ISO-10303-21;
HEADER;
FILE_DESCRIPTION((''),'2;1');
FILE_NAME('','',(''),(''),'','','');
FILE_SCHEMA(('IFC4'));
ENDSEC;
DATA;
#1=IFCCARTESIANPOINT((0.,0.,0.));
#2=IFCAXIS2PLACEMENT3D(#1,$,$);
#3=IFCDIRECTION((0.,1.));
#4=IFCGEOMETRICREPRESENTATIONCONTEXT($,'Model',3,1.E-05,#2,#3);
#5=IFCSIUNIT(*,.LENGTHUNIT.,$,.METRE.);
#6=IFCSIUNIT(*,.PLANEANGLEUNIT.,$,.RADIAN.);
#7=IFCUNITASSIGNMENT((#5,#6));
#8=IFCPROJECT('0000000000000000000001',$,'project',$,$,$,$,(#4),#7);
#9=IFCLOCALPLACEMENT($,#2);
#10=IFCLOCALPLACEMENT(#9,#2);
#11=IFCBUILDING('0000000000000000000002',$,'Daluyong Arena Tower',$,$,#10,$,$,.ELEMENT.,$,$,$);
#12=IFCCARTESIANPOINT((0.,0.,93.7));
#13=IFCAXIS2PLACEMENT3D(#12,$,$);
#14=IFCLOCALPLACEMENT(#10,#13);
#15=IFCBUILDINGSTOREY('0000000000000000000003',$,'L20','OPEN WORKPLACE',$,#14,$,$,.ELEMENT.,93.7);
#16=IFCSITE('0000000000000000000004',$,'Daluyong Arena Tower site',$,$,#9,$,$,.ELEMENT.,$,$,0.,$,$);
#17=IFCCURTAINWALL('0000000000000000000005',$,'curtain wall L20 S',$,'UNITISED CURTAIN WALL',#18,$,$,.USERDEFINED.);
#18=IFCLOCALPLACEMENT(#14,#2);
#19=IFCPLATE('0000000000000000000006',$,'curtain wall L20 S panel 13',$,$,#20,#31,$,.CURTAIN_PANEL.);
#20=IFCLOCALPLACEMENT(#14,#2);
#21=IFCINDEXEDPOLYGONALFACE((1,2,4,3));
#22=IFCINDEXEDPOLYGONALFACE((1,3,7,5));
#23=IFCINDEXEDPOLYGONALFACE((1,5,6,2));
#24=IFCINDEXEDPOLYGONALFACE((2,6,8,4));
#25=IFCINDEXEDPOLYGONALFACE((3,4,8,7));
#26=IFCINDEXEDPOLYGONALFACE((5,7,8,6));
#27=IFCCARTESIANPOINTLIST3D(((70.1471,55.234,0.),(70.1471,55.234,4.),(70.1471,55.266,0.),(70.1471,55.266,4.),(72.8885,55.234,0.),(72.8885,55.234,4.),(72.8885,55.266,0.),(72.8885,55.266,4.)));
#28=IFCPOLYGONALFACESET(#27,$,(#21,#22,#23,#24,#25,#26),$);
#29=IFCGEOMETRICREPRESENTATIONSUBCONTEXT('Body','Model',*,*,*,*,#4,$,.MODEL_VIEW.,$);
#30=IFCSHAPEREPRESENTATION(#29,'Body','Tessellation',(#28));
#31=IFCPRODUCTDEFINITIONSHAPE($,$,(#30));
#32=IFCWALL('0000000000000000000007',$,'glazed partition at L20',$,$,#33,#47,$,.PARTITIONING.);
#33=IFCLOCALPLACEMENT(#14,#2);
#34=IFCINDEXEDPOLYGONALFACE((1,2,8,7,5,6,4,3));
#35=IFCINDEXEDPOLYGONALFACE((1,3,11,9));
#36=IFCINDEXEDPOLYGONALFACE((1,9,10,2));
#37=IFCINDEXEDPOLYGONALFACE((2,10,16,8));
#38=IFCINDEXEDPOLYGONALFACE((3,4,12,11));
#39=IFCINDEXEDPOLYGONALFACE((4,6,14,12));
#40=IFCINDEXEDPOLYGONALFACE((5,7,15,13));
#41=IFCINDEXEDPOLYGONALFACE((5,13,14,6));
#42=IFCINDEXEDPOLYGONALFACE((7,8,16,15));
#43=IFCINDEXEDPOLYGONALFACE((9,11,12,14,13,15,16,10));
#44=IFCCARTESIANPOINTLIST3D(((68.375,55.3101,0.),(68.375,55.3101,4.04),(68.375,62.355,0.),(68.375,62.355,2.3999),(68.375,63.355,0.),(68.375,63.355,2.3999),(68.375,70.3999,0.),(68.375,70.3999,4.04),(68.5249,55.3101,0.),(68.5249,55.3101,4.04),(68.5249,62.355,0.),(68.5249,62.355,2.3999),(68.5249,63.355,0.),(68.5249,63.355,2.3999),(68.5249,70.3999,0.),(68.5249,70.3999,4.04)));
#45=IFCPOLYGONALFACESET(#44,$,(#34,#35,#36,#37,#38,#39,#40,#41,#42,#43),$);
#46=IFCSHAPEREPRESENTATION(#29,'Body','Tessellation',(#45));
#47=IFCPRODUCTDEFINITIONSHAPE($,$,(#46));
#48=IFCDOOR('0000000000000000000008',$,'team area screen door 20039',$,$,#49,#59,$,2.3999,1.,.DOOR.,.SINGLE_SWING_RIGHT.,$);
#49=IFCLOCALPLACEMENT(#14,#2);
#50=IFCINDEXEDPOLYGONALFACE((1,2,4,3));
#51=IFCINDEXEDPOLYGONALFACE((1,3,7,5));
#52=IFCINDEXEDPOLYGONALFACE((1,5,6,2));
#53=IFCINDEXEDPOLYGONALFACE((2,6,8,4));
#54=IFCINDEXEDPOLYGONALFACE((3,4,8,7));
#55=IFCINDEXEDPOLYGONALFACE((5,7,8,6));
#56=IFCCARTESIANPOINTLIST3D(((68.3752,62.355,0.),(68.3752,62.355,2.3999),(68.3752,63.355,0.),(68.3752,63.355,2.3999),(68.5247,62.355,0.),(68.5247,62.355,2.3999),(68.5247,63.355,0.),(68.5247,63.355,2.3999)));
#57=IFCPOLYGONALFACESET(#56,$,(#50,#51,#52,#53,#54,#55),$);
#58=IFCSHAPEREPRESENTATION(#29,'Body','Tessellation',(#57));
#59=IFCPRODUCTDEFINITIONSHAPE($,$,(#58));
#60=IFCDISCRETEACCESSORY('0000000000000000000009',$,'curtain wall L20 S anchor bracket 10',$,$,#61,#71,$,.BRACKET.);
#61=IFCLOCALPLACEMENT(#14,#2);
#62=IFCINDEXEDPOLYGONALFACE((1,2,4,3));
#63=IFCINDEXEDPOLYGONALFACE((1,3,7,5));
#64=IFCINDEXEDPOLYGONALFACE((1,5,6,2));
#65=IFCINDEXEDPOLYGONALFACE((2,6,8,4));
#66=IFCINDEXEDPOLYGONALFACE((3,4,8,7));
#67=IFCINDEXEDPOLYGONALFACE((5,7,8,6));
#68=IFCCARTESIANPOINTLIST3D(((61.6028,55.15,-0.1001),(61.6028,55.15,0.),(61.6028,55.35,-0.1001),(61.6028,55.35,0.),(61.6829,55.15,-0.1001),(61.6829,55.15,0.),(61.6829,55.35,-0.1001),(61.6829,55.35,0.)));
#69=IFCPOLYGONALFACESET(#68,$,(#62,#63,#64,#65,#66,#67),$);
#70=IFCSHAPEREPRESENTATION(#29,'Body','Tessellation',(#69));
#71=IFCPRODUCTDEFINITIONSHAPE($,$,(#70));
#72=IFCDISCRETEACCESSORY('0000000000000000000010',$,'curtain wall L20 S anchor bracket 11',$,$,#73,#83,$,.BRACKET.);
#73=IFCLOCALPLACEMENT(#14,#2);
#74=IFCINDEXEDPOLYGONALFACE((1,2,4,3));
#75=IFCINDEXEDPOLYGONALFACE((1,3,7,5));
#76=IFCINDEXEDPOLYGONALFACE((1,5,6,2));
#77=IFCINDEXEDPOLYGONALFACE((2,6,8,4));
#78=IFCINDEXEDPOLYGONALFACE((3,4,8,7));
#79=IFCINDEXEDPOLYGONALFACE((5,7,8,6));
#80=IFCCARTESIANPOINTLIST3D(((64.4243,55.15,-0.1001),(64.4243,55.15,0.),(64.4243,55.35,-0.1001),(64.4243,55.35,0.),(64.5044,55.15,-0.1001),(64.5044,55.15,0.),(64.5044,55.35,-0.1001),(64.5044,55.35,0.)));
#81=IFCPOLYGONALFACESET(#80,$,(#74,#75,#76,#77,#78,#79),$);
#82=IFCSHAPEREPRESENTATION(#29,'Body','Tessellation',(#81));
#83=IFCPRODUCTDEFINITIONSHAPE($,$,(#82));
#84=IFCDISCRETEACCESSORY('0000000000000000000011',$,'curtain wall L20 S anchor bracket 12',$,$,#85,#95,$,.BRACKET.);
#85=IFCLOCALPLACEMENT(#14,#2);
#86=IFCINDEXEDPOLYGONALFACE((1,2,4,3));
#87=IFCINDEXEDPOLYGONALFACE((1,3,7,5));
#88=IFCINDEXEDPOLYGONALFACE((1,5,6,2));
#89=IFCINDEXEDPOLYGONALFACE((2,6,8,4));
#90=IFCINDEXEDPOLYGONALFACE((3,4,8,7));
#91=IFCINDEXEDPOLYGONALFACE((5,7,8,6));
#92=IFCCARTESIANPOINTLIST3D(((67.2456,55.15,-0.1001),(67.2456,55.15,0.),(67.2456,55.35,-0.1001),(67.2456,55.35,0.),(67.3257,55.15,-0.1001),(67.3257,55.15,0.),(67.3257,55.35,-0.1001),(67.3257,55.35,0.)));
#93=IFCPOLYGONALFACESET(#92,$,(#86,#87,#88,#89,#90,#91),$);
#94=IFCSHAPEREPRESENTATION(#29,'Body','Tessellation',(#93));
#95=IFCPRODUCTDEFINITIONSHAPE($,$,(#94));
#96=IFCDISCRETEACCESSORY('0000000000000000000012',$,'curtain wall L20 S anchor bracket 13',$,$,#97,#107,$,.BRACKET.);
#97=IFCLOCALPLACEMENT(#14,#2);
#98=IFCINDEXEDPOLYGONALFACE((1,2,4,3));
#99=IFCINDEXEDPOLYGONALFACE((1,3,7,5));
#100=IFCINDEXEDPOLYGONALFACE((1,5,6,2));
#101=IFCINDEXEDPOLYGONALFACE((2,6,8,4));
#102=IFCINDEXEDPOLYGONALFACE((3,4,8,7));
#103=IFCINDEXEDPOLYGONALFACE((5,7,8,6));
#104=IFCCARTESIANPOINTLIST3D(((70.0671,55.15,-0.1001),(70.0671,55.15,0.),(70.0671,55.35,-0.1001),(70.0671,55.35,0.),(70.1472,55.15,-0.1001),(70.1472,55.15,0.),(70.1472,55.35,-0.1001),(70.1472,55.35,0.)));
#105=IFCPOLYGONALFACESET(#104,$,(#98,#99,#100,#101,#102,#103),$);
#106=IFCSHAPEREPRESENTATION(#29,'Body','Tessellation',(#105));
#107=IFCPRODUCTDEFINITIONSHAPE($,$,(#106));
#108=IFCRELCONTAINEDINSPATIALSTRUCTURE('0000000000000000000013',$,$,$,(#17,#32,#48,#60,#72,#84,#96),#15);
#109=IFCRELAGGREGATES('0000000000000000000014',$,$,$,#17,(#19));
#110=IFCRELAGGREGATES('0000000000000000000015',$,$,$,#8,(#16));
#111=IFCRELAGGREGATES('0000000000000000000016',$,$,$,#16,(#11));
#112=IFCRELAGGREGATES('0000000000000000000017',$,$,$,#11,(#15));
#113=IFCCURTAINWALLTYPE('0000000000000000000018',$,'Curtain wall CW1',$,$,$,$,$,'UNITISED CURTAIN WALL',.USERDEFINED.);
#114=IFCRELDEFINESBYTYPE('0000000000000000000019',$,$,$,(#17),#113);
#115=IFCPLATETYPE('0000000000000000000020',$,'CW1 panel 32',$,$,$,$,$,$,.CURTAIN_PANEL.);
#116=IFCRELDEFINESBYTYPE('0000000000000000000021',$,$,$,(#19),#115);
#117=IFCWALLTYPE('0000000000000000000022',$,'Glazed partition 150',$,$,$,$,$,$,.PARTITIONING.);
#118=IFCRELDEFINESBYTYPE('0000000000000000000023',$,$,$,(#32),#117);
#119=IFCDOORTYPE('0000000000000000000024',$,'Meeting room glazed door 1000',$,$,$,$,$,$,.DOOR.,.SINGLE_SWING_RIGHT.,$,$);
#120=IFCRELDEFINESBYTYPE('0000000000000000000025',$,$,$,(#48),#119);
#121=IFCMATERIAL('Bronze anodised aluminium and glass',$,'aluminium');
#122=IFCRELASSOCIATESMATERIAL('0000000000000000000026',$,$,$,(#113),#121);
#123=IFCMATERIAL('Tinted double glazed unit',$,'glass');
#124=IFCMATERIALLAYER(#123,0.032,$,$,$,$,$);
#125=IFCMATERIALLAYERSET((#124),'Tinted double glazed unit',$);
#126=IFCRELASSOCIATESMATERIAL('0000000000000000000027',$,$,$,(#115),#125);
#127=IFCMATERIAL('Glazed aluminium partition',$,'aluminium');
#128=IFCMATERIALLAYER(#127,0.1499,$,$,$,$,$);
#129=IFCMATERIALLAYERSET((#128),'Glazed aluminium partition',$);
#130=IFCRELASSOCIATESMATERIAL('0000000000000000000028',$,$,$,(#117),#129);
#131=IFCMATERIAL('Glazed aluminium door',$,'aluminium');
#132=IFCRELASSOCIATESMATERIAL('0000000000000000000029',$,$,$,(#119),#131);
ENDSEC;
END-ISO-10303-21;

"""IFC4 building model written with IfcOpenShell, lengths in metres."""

from ifc_helpers import new_model, si_unit, direction, frame, frame_2d, origin, origin_2d, place, context, subcontext, project, spatial, rectangle, extrude, material, layer, layer_set, type_object, element, fill, aggregate, save


model = new_model("IFC4")

# Units and contexts
model_context = context("Model", 3, precision=1e-05, world=origin(), true_north=direction((0.0, 1.0)))
body_context = subcontext(model_context, "Body", "Model", "MODEL_VIEW")
ifc_project = project(units=[si_unit("LENGTHUNIT", "METRE"), si_unit("PLANEANGLEUNIT", "RADIAN")], contexts=[model_context])

# Site, building, storey
site_placement = place(None, origin())
site = spatial("IfcSite", under=ifc_project, at=site_placement, Name="Daluyong Arena Tower site", CompositionType="ELEMENT", RefElevation=0.0)
building_placement = place(site_placement, origin())
building = spatial("IfcBuilding", under=site, at=building_placement, Name="Daluyong Arena Tower", CompositionType="ELEMENT")
storey_placement = place(building_placement, frame((0.0, 0.0, 93.7)))
storey = spatial("IfcBuildingStorey", under=building, at=storey_placement, Name="L20", Description="OPEN WORKPLACE", CompositionType="ELEMENT", Elevation=93.7)

# Curtain wall
ifc_material_1 = material(Name="Bronze anodised aluminium and glass", Category="aluminium")
curtain_wall_type = type_object("IfcCurtainWallType", Name="Curtain wall CW1", ElementType="UNITISED CURTAIN WALL", PredefinedType="USERDEFINED", material=ifc_material_1)
curtain_wall_placement = place(storey_placement, origin())
curtain_wall = element("IfcCurtainWall", 1, at=curtain_wall_placement, inside=storey, type_object=curtain_wall_type, Name="curtain wall L20 S", ObjectType="UNITISED CURTAIN WALL", PredefinedType="USERDEFINED")

# Plate
ifc_material_2 = material(Name="Tinted double glazed unit", Category="glass")
ifc_layer_1 = layer(ifc_material_2, 0.032)
ifc_layer_set_1 = layer_set([ifc_layer_1], Name="Tinted double glazed unit")
plate_type = type_object("IfcPlateType", Name="CW1 panel 32", PredefinedType="CURTAIN_PANEL", material=ifc_layer_set_1)
plate_1_placement = place(storey_placement, frame((71.5178, 55.25, 0.0), z_axis=(0.0, 0.0, 1.0), x_axis=(1.0, 0.0, 0.0)))
plate_1 = element("IfcPlate", 2, at=plate_1_placement, type_object=plate_type, Name="curtain wall L20 S panel 13", PredefinedType="CURTAIN_PANEL", context=body_context, shape_type="SweptSolid", body=[
    extrude(rectangle(XDim=2.7415, YDim=0.032, at=origin_2d()), origin(), (0.0, 0.0, 1.0), 4.0),
])
aggregate(curtain_wall, [plate_1])

# Wall, opening, door
ifc_material_3 = material(Name="Glazed aluminium partition", Category="aluminium")
ifc_layer_2 = layer(ifc_material_3, 0.1499)
ifc_layer_set_2 = layer_set([ifc_layer_2], Name="Glazed aluminium partition")
wall_type = type_object("IfcWallType", Name="Glazed partition 150", PredefinedType="PARTITIONING", material=ifc_layer_set_2)
wall_placement = place(storey_placement, frame((68.45, 55.3101, 0.0), z_axis=(0.0, 0.0, 1.0), x_axis=(0.0, 1.0, 0.0)))
wall = element("IfcWall", 3, at=wall_placement, inside=storey, type_object=wall_type, Name="glazed partition at L20", PredefinedType="PARTITIONING", context=body_context, shape_type="SweptSolid", body=[
    extrude(rectangle(XDim=15.0898, YDim=0.1499, at=frame_2d((7.5449, 0.0))), origin(), (0.0, 0.0, 1.0), 4.04),
])
opening_placement = place(wall_placement, frame((7.0449, 0.0, 0.0)))
opening = element("IfcOpeningElement", 4, at=opening_placement, cuts=wall, PredefinedType="OPENING", context=body_context, shape_type="SweptSolid", body=[
    extrude(rectangle(XDim=1.0, YDim=2.3999, at=frame_2d((0.5, 1.2))), frame((0.0, 0.085, 0.0), z_axis=(0.0, -1.0, 0.0), x_axis=(1.0, 0.0, 0.0)), (0.0, 0.0, 1.0), 0.1699),
])
ifc_material_4 = material(Name="Glazed aluminium door", Category="aluminium")
door_type = type_object("IfcDoorType", Name="Meeting room glazed door 1000", OperationType="SINGLE_SWING_RIGHT", PredefinedType="DOOR", material=ifc_material_4)
door_placement = place(opening_placement, origin())
door = element("IfcDoor", 5, at=door_placement, inside=storey, type_object=door_type, Name="team area screen door 20039", OperationType="SINGLE_SWING_RIGHT", OverallHeight=2.3999, OverallWidth=1.0, PredefinedType="DOOR", context=body_context, shape_type="SweptSolid", body=[
    extrude(rectangle(XDim=1.0, YDim=2.3999, at=frame_2d((0.5, 1.2))), frame((0.0, 0.0747, 0.0), z_axis=(0.0, -1.0, 0.0), x_axis=(1.0, 0.0, 0.0)), (0.0, 0.0, 1.0), 0.1494),
])
fill(opening, door)

# Discrete accessories
for number, where, z_axis, x_axis, name in (
    (6, (61.6428, 55.25, -0.1001), (0.0, 0.0, 1.0), (1.0, 0.0, 0.0), "curtain wall L20 S anchor bracket 10"),
    (7, (64.4644, 55.25, -0.1001), (0.0, 0.0, 1.0), (1.0, 0.0, 0.0), "curtain wall L20 S anchor bracket 11"),
    (8, (67.2856, 55.25, -0.1001), (0.0, 0.0, 1.0), (1.0, 0.0, 0.0), "curtain wall L20 S anchor bracket 12"),
    (9, (70.1072, 55.25, -0.1001), (0.0, 0.0, 1.0), (1.0, 0.0, 0.0), "curtain wall L20 S anchor bracket 13"),
):
    element("IfcDiscreteAccessory", number, at=place(storey_placement, frame(where, z_axis=z_axis, x_axis=x_axis)), inside=storey, Name=name, PredefinedType="BRACKET", context=body_context, shape_type="SweptSolid", body=[
        extrude(rectangle(XDim=0.0801, YDim=0.2, at=origin_2d()), origin(), (0.0, 0.0, 1.0), 0.1001),
    ])

save(model, "model.ifc")
